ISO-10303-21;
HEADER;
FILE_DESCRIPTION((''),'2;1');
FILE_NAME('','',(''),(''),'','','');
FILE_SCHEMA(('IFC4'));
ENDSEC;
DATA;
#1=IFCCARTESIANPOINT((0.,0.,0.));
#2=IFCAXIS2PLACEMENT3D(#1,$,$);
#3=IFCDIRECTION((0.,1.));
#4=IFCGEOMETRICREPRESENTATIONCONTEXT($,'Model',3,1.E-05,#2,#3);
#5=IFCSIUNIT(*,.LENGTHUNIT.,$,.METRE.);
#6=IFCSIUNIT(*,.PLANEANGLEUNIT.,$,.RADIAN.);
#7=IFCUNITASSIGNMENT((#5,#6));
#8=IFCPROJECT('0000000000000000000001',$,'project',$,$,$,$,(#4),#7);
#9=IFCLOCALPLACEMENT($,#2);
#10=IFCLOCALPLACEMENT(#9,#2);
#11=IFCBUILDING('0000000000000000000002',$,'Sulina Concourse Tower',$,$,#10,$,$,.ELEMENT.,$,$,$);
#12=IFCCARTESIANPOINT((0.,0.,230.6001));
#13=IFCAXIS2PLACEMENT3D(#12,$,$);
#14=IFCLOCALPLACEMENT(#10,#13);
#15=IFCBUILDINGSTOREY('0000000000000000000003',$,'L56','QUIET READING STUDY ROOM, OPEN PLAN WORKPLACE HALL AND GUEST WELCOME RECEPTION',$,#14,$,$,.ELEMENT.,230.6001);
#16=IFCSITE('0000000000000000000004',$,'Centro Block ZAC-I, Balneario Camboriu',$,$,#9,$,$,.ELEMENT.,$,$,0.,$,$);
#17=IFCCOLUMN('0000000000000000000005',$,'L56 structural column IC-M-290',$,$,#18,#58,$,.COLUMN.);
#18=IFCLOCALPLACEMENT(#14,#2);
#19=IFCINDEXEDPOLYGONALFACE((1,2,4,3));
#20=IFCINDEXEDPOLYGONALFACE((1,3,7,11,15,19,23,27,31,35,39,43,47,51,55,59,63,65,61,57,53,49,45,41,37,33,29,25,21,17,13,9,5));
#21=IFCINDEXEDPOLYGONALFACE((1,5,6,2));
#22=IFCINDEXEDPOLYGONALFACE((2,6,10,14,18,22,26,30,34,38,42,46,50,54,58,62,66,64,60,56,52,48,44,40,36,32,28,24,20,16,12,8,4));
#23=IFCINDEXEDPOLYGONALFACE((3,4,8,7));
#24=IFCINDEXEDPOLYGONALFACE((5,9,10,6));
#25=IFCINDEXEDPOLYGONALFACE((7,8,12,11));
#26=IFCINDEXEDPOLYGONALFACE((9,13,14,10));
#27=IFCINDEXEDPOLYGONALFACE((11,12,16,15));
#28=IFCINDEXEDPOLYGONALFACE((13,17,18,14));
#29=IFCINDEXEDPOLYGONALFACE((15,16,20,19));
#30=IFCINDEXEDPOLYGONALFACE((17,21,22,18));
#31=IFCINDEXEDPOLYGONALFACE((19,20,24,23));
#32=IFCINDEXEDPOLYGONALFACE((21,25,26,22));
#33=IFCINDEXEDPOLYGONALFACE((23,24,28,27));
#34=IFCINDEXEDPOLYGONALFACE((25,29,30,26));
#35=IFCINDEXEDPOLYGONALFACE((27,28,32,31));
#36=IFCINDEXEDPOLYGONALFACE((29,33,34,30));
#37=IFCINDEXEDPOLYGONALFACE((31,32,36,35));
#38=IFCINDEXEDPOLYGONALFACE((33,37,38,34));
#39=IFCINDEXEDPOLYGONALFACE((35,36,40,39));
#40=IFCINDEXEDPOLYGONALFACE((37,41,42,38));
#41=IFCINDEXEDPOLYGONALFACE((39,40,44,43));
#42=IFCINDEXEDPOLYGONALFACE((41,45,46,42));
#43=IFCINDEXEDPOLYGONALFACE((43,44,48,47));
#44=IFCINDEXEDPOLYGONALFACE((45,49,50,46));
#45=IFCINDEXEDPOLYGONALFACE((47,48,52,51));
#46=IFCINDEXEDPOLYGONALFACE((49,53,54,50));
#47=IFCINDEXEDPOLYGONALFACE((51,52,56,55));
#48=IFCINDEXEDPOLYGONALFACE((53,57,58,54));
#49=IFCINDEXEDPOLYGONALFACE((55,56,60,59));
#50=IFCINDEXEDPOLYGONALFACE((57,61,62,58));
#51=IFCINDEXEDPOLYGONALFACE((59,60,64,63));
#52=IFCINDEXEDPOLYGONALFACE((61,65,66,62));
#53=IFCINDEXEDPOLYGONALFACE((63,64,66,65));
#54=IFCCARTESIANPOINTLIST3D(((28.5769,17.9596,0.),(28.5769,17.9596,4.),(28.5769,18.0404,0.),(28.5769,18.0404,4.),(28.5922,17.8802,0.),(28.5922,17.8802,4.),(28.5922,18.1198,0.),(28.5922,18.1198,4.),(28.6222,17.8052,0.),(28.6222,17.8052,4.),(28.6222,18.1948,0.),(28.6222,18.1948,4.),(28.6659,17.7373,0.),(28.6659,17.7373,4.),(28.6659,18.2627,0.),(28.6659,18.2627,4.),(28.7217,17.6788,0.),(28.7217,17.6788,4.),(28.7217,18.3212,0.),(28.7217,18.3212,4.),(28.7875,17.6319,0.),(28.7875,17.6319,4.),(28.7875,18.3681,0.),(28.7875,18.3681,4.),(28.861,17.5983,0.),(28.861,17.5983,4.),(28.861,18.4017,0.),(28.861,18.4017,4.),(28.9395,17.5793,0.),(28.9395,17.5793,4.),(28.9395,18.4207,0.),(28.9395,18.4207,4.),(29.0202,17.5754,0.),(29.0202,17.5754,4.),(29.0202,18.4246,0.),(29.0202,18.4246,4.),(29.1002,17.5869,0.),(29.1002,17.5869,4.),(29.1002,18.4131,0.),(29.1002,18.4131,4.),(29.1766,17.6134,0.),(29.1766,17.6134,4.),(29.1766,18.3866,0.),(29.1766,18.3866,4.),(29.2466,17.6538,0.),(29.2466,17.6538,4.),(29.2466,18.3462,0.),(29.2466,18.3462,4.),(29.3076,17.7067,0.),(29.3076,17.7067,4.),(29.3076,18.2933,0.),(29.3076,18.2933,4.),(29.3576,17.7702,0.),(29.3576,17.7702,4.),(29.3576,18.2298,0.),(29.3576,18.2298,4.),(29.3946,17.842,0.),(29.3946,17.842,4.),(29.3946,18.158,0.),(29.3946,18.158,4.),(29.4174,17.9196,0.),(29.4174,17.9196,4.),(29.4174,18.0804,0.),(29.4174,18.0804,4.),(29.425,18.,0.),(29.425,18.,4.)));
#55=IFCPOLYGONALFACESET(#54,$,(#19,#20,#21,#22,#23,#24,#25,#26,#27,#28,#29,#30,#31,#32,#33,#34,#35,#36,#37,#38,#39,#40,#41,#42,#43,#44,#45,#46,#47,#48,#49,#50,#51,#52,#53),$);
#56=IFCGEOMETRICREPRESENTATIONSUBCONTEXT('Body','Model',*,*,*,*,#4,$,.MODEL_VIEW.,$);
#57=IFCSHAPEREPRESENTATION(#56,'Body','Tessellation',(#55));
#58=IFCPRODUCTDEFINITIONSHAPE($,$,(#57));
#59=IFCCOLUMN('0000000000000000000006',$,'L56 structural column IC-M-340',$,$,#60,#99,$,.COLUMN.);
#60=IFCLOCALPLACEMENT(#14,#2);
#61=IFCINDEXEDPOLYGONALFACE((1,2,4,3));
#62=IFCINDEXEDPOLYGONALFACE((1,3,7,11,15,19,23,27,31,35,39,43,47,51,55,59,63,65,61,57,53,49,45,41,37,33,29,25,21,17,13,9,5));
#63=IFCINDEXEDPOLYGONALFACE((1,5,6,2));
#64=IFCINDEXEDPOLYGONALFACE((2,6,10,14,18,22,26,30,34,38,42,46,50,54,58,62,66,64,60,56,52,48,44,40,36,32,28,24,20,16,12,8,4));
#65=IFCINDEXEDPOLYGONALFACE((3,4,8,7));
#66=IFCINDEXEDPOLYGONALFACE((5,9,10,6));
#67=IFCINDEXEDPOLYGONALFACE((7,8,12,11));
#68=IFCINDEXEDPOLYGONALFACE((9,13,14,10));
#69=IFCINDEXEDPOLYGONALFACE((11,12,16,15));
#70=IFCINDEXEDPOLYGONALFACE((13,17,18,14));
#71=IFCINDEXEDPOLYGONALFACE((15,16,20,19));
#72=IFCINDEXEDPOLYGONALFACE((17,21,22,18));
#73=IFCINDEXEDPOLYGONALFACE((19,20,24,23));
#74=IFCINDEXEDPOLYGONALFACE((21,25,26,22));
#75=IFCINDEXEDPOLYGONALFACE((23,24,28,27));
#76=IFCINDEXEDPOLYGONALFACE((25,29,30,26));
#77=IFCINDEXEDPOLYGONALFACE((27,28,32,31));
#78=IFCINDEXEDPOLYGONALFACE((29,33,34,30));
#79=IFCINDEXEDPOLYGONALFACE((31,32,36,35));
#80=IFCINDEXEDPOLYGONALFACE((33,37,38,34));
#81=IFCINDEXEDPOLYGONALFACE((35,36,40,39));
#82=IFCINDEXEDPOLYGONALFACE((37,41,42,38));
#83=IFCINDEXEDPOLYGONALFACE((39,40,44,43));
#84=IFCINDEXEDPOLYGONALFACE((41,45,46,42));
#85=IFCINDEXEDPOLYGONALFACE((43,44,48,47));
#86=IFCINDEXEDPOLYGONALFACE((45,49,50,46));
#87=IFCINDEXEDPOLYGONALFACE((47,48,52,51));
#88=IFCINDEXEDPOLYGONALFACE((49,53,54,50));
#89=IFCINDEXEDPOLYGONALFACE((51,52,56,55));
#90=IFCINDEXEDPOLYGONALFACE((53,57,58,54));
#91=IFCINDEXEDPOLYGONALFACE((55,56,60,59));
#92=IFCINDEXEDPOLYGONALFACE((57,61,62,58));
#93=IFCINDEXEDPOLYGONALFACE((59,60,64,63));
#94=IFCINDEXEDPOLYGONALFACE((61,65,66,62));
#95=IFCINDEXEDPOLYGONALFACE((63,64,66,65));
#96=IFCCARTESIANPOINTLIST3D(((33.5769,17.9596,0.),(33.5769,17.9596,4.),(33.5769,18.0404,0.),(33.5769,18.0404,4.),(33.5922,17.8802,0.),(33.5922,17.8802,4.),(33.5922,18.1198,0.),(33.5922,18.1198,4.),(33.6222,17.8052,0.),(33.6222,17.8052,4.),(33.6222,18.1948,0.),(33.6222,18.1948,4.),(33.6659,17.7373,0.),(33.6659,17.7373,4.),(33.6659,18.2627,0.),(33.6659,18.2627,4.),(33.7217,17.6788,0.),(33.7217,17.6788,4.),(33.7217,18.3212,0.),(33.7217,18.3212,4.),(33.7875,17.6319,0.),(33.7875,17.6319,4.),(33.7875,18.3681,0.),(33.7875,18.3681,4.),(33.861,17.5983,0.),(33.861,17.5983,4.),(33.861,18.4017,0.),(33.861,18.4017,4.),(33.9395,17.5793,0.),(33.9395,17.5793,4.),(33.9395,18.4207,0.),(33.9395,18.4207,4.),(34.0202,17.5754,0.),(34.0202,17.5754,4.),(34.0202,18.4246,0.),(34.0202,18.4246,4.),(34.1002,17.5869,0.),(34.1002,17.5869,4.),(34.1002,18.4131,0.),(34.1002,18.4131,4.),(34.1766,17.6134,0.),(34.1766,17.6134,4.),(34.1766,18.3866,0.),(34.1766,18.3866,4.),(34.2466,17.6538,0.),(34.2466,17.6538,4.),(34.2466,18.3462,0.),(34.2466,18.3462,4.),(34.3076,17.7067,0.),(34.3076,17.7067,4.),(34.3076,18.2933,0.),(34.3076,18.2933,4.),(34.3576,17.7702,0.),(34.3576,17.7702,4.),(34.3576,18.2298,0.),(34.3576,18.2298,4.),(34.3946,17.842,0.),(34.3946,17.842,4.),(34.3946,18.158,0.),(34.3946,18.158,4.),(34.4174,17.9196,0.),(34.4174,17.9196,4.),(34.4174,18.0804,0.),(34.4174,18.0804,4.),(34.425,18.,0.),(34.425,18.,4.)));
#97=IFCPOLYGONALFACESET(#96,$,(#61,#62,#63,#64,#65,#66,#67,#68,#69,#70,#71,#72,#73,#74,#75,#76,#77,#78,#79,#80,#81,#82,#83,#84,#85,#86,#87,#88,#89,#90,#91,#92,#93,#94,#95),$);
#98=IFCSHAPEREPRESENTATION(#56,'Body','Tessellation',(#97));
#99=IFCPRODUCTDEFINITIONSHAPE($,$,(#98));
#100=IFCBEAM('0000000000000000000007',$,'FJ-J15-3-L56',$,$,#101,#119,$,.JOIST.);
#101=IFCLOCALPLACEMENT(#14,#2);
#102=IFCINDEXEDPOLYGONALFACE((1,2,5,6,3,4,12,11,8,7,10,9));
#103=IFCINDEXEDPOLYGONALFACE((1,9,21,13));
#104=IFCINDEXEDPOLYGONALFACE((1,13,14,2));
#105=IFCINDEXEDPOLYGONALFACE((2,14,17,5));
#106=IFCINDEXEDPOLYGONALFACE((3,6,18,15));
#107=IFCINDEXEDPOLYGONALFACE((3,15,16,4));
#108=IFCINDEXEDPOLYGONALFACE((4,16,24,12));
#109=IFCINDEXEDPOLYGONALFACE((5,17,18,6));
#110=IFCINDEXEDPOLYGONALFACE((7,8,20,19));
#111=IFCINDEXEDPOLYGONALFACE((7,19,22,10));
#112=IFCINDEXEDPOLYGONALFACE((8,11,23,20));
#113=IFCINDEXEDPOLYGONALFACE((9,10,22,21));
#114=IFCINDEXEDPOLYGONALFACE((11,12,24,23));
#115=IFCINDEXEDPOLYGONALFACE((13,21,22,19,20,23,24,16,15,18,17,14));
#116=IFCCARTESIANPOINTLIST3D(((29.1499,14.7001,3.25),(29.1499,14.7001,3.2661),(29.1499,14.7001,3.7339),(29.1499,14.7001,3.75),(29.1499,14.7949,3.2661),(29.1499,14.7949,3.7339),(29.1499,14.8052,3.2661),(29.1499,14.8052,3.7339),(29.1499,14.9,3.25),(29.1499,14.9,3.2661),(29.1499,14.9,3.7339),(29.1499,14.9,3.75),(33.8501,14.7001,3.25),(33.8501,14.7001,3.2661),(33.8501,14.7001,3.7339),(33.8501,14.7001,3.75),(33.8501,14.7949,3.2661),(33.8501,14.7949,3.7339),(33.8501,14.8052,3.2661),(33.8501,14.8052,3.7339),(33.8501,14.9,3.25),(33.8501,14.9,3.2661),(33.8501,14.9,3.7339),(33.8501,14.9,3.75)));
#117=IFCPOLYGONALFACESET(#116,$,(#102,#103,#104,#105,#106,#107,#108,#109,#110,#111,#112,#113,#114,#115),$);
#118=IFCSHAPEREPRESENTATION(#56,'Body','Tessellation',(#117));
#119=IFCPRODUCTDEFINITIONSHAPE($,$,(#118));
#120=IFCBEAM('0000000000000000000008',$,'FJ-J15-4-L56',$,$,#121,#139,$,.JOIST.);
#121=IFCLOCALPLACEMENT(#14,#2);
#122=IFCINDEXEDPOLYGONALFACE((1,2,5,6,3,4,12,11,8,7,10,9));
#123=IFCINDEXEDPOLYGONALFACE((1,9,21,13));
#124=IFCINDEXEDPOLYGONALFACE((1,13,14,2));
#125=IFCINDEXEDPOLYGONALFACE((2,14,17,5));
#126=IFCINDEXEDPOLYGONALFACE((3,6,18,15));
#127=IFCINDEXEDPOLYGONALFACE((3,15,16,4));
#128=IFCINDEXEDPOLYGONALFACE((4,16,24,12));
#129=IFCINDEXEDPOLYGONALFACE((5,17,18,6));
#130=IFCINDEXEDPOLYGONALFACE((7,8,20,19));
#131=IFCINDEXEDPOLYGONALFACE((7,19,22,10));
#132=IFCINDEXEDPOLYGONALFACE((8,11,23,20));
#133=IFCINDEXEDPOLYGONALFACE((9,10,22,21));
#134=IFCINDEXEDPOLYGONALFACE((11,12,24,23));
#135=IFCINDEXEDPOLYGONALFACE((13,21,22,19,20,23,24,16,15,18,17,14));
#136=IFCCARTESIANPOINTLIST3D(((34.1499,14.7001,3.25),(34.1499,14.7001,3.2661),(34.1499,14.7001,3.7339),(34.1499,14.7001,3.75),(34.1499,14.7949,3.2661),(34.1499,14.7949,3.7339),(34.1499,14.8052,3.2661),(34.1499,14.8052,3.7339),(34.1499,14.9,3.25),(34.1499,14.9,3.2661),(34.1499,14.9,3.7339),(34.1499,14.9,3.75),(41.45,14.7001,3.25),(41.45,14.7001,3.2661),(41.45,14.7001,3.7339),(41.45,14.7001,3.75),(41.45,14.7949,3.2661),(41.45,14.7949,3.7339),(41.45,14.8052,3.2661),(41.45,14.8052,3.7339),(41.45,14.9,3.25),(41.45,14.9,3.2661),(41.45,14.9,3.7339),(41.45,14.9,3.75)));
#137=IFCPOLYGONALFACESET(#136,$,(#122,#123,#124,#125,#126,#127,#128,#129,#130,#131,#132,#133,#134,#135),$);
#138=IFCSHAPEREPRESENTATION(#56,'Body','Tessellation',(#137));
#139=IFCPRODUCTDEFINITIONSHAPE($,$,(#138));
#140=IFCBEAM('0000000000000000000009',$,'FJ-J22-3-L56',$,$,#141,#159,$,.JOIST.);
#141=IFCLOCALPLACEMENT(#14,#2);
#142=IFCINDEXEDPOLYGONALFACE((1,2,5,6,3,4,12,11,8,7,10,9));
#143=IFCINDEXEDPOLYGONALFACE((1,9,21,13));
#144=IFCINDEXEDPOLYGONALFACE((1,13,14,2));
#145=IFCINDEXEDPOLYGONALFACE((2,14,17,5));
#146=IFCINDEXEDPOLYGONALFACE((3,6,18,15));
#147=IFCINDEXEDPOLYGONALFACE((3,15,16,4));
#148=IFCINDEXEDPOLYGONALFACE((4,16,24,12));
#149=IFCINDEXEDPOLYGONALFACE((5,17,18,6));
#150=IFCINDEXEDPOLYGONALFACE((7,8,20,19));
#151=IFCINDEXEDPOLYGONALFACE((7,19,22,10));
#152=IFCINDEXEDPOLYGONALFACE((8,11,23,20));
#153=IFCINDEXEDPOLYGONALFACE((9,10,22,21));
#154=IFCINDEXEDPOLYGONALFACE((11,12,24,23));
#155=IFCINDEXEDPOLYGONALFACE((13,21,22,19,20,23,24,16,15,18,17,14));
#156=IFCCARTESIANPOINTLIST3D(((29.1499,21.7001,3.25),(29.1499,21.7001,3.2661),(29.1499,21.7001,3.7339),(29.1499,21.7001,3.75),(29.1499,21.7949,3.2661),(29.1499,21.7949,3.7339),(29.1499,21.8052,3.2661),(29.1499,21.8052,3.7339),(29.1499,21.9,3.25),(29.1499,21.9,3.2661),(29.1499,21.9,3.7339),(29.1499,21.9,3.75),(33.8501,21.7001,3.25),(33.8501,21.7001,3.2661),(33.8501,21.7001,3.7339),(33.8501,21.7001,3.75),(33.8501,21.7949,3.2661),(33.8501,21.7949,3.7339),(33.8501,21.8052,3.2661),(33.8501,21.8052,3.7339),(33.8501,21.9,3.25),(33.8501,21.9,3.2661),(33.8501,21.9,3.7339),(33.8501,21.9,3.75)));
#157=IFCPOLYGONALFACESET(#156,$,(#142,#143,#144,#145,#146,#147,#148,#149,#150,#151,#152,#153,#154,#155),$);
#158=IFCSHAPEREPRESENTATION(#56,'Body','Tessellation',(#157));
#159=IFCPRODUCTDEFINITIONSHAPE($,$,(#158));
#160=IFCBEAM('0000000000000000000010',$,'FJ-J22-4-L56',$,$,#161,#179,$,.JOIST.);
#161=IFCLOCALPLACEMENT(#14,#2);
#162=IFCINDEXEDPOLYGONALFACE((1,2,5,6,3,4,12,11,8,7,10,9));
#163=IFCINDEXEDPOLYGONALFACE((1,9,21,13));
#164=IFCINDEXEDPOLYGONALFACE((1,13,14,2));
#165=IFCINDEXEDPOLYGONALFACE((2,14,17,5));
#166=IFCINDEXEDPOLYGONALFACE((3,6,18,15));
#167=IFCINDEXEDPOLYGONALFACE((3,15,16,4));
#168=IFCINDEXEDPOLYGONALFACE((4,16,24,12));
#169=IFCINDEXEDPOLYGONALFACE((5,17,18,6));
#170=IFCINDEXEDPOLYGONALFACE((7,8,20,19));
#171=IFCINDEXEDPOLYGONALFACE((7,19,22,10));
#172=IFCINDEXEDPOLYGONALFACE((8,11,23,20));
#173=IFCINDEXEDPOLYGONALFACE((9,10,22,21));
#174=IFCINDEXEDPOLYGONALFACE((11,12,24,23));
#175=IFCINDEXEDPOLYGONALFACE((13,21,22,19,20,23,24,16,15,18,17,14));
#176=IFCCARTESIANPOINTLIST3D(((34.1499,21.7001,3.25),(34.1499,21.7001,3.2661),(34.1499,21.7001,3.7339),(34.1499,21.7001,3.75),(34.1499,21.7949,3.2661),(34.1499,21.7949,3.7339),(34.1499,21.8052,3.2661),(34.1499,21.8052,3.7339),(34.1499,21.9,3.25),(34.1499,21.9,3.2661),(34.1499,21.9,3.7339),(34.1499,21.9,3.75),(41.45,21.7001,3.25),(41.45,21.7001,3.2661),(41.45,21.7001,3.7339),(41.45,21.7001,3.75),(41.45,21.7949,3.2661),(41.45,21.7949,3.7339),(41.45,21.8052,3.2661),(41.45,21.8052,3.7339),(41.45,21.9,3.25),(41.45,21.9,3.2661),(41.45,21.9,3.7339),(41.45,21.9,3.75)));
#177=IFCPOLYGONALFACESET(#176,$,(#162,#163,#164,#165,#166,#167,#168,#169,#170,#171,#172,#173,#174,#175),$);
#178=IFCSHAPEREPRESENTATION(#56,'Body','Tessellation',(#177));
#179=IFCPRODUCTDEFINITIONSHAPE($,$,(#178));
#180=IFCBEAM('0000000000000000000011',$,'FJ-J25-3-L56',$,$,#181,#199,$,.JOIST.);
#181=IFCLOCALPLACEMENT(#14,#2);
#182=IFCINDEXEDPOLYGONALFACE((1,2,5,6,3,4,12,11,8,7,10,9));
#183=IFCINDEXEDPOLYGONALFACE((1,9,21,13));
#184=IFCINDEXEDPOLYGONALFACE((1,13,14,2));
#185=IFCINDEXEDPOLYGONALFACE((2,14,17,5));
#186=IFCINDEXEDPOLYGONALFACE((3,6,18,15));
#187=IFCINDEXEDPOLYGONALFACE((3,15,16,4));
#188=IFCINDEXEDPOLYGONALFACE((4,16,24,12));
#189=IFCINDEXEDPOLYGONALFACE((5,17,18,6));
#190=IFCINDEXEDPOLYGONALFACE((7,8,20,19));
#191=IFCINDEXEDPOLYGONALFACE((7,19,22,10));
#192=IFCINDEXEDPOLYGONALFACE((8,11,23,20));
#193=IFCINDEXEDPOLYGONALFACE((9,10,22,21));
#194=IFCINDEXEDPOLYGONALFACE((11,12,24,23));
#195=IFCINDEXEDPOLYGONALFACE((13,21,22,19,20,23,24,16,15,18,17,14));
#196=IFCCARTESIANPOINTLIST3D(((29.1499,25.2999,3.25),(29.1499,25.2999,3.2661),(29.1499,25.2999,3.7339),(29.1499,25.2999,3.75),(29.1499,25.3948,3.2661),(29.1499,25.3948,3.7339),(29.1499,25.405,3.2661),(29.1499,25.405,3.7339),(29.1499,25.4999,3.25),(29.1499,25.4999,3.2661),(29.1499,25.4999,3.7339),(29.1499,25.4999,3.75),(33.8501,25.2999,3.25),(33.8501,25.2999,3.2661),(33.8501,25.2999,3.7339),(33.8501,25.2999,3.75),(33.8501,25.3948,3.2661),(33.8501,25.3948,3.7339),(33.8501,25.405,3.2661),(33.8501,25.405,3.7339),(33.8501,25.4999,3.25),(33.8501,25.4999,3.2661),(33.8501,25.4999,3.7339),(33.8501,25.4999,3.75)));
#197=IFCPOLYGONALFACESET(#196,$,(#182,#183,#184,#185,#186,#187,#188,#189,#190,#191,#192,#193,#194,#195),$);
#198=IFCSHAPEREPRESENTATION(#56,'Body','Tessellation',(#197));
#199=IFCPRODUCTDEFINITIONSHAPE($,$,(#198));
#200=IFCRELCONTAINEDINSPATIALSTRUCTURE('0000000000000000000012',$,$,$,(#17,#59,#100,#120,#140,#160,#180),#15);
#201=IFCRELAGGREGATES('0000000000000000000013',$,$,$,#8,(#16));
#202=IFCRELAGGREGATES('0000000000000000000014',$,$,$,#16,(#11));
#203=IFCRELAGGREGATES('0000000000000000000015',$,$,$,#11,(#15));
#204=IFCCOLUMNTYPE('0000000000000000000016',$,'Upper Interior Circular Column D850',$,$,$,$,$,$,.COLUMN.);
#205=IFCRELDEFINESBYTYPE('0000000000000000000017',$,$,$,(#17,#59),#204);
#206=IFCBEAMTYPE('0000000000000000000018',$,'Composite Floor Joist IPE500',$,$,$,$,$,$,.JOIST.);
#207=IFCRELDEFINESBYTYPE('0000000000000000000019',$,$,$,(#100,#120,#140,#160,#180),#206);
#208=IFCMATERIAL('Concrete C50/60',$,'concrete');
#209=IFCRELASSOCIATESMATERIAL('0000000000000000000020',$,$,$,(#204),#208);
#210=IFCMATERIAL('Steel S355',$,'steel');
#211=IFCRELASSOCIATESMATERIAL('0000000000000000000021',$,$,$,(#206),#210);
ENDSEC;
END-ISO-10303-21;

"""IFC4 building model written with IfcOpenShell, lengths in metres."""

from ifc_helpers import new_model, si_unit, direction, frame, origin, origin_2d, place, context, subcontext, project, spatial, circle, i_section, extrude, material, material_profile, profile_set, type_object, element, save


model = new_model("IFC4")

# Units and contexts
model_context = context("Model", 3, precision=1e-05, world=origin(), true_north=direction((0.0, 1.0)))
body_context = subcontext(model_context, "Body", "Model", "MODEL_VIEW")
ifc_project = project(units=[si_unit("LENGTHUNIT", "METRE"), si_unit("PLANEANGLEUNIT", "RADIAN")], contexts=[model_context])

# Site, building, storey
site_placement = place(None, origin())
site = spatial("IfcSite", under=ifc_project, at=site_placement, Name="Centro Block ZAC-I, Balneario Camboriu", CompositionType="ELEMENT", RefElevation=0.0)
building_placement = place(site_placement, origin())
building = spatial("IfcBuilding", under=site, at=building_placement, Name="Sulina Concourse Tower", CompositionType="ELEMENT")
storey_placement = place(building_placement, frame((0.0, 0.0, 230.6001)))
storey = spatial("IfcBuildingStorey", under=building, at=storey_placement, Name="L56", Description="QUIET READING STUDY ROOM, OPEN PLAN WORKPLACE HALL AND GUEST WELCOME RECEPTION", CompositionType="ELEMENT", Elevation=230.6001)

# Columns
ifc_material_1 = material(Name="Concrete C50/60", Category="concrete")
ifc_material_profile_1 = material_profile(ifc_material_1, circle(Radius=0.425, at=origin_2d()), Name="RC D850")
ifc_profile_set_1 = profile_set([ifc_material_profile_1], Name="Concrete C50/60")
column_type = type_object("IfcColumnType", Name="Upper Interior Circular Column D850", PredefinedType="COLUMN", material=ifc_profile_set_1)
for number, where, z_axis, x_axis, name in (
    (1, (29.0, 18.0, 0.0), (0.0, 0.0, 1.0), (1.0, 0.0, 0.0), "L56 structural column IC-M-290"),
    (2, (34.0, 18.0, 0.0), (0.0, 0.0, 1.0), (1.0, 0.0, 0.0), "L56 structural column IC-M-340"),
):
    element("IfcColumn", number, at=place(storey_placement, frame(where, z_axis=z_axis, x_axis=x_axis)), inside=storey, type_object=column_type, Name=name, PredefinedType="COLUMN", context=body_context, shape_type="SweptSolid", body=[
        extrude(circle(Radius=0.425, at=origin_2d()), origin(), (0.0, 0.0, 1.0), 4.0),
    ])

# Beams
ifc_material_2 = material(Name="Steel S355", Category="steel")
ifc_material_profile_2 = material_profile(ifc_material_2, i_section(OverallWidth=0.2, OverallDepth=0.5, WebThickness=0.0103, FlangeThickness=0.0161, at=origin_2d()), Name="IPE 500")
ifc_profile_set_2 = profile_set([ifc_material_profile_2], Name="Steel S355")
beam_type_1 = type_object("IfcBeamType", Name="Composite Floor Joist IPE500", PredefinedType="JOIST", material=ifc_profile_set_2)
beam_1_placement = place(storey_placement, frame((29.1499, 14.8, 3.5), z_axis=(1.0, 0.0, 0.0), x_axis=(0.0, 1.0, 0.0)))
element("IfcBeam", 3, at=beam_1_placement, inside=storey, type_object=beam_type_1, Name="FJ-J15-3-L56", PredefinedType="JOIST", context=body_context, shape_type="SweptSolid", body=[
    extrude(i_section(OverallWidth=0.2, OverallDepth=0.5, WebThickness=0.0103, FlangeThickness=0.0161, at=origin_2d()), origin(), (0.0, 0.0, 1.0), 4.7002),
])
beam_2_placement = place(storey_placement, frame((34.1499, 14.8, 3.5), z_axis=(1.0, 0.0, 0.0), x_axis=(0.0, 1.0, 0.0)))
element("IfcBeam", 4, at=beam_2_placement, inside=storey, type_object=beam_type_1, Name="FJ-J15-4-L56", PredefinedType="JOIST", context=body_context, shape_type="SweptSolid", body=[
    extrude(i_section(OverallWidth=0.2, OverallDepth=0.5, WebThickness=0.0103, FlangeThickness=0.0161, at=origin_2d()), origin(), (0.0, 0.0, 1.0), 7.3),
])
beam_3_placement = place(storey_placement, frame((29.1499, 21.8, 3.5), z_axis=(1.0, 0.0, 0.0), x_axis=(0.0, 1.0, 0.0)))
element("IfcBeam", 5, at=beam_3_placement, inside=storey, type_object=beam_type_1, Name="FJ-J22-3-L56", PredefinedType="JOIST", context=body_context, shape_type="SweptSolid", body=[
    extrude(i_section(OverallWidth=0.2, OverallDepth=0.5, WebThickness=0.0103, FlangeThickness=0.0161, at=origin_2d()), origin(), (0.0, 0.0, 1.0), 4.7002),
])
beam_4_placement = place(storey_placement, frame((34.1499, 21.8, 3.5), z_axis=(1.0, 0.0, 0.0), x_axis=(0.0, 1.0, 0.0)))
element("IfcBeam", 6, at=beam_4_placement, inside=storey, type_object=beam_type_1, Name="FJ-J22-4-L56", PredefinedType="JOIST", context=body_context, shape_type="SweptSolid", body=[
    extrude(i_section(OverallWidth=0.2, OverallDepth=0.5, WebThickness=0.0103, FlangeThickness=0.0161, at=origin_2d()), origin(), (0.0, 0.0, 1.0), 7.3),
])
beam_5_placement = place(storey_placement, frame((29.1499, 25.3999, 3.5), z_axis=(1.0, 0.0, 0.0), x_axis=(0.0, 1.0, 0.0)))
element("IfcBeam", 7, at=beam_5_placement, inside=storey, type_object=beam_type_1, Name="FJ-J25-3-L56", PredefinedType="JOIST", context=body_context, shape_type="SweptSolid", body=[
    extrude(i_section(OverallWidth=0.2, OverallDepth=0.5, WebThickness=0.0103, FlangeThickness=0.0161, at=origin_2d()), origin(), (0.0, 0.0, 1.0), 4.7002),
])

save(model, "model.ifc")
